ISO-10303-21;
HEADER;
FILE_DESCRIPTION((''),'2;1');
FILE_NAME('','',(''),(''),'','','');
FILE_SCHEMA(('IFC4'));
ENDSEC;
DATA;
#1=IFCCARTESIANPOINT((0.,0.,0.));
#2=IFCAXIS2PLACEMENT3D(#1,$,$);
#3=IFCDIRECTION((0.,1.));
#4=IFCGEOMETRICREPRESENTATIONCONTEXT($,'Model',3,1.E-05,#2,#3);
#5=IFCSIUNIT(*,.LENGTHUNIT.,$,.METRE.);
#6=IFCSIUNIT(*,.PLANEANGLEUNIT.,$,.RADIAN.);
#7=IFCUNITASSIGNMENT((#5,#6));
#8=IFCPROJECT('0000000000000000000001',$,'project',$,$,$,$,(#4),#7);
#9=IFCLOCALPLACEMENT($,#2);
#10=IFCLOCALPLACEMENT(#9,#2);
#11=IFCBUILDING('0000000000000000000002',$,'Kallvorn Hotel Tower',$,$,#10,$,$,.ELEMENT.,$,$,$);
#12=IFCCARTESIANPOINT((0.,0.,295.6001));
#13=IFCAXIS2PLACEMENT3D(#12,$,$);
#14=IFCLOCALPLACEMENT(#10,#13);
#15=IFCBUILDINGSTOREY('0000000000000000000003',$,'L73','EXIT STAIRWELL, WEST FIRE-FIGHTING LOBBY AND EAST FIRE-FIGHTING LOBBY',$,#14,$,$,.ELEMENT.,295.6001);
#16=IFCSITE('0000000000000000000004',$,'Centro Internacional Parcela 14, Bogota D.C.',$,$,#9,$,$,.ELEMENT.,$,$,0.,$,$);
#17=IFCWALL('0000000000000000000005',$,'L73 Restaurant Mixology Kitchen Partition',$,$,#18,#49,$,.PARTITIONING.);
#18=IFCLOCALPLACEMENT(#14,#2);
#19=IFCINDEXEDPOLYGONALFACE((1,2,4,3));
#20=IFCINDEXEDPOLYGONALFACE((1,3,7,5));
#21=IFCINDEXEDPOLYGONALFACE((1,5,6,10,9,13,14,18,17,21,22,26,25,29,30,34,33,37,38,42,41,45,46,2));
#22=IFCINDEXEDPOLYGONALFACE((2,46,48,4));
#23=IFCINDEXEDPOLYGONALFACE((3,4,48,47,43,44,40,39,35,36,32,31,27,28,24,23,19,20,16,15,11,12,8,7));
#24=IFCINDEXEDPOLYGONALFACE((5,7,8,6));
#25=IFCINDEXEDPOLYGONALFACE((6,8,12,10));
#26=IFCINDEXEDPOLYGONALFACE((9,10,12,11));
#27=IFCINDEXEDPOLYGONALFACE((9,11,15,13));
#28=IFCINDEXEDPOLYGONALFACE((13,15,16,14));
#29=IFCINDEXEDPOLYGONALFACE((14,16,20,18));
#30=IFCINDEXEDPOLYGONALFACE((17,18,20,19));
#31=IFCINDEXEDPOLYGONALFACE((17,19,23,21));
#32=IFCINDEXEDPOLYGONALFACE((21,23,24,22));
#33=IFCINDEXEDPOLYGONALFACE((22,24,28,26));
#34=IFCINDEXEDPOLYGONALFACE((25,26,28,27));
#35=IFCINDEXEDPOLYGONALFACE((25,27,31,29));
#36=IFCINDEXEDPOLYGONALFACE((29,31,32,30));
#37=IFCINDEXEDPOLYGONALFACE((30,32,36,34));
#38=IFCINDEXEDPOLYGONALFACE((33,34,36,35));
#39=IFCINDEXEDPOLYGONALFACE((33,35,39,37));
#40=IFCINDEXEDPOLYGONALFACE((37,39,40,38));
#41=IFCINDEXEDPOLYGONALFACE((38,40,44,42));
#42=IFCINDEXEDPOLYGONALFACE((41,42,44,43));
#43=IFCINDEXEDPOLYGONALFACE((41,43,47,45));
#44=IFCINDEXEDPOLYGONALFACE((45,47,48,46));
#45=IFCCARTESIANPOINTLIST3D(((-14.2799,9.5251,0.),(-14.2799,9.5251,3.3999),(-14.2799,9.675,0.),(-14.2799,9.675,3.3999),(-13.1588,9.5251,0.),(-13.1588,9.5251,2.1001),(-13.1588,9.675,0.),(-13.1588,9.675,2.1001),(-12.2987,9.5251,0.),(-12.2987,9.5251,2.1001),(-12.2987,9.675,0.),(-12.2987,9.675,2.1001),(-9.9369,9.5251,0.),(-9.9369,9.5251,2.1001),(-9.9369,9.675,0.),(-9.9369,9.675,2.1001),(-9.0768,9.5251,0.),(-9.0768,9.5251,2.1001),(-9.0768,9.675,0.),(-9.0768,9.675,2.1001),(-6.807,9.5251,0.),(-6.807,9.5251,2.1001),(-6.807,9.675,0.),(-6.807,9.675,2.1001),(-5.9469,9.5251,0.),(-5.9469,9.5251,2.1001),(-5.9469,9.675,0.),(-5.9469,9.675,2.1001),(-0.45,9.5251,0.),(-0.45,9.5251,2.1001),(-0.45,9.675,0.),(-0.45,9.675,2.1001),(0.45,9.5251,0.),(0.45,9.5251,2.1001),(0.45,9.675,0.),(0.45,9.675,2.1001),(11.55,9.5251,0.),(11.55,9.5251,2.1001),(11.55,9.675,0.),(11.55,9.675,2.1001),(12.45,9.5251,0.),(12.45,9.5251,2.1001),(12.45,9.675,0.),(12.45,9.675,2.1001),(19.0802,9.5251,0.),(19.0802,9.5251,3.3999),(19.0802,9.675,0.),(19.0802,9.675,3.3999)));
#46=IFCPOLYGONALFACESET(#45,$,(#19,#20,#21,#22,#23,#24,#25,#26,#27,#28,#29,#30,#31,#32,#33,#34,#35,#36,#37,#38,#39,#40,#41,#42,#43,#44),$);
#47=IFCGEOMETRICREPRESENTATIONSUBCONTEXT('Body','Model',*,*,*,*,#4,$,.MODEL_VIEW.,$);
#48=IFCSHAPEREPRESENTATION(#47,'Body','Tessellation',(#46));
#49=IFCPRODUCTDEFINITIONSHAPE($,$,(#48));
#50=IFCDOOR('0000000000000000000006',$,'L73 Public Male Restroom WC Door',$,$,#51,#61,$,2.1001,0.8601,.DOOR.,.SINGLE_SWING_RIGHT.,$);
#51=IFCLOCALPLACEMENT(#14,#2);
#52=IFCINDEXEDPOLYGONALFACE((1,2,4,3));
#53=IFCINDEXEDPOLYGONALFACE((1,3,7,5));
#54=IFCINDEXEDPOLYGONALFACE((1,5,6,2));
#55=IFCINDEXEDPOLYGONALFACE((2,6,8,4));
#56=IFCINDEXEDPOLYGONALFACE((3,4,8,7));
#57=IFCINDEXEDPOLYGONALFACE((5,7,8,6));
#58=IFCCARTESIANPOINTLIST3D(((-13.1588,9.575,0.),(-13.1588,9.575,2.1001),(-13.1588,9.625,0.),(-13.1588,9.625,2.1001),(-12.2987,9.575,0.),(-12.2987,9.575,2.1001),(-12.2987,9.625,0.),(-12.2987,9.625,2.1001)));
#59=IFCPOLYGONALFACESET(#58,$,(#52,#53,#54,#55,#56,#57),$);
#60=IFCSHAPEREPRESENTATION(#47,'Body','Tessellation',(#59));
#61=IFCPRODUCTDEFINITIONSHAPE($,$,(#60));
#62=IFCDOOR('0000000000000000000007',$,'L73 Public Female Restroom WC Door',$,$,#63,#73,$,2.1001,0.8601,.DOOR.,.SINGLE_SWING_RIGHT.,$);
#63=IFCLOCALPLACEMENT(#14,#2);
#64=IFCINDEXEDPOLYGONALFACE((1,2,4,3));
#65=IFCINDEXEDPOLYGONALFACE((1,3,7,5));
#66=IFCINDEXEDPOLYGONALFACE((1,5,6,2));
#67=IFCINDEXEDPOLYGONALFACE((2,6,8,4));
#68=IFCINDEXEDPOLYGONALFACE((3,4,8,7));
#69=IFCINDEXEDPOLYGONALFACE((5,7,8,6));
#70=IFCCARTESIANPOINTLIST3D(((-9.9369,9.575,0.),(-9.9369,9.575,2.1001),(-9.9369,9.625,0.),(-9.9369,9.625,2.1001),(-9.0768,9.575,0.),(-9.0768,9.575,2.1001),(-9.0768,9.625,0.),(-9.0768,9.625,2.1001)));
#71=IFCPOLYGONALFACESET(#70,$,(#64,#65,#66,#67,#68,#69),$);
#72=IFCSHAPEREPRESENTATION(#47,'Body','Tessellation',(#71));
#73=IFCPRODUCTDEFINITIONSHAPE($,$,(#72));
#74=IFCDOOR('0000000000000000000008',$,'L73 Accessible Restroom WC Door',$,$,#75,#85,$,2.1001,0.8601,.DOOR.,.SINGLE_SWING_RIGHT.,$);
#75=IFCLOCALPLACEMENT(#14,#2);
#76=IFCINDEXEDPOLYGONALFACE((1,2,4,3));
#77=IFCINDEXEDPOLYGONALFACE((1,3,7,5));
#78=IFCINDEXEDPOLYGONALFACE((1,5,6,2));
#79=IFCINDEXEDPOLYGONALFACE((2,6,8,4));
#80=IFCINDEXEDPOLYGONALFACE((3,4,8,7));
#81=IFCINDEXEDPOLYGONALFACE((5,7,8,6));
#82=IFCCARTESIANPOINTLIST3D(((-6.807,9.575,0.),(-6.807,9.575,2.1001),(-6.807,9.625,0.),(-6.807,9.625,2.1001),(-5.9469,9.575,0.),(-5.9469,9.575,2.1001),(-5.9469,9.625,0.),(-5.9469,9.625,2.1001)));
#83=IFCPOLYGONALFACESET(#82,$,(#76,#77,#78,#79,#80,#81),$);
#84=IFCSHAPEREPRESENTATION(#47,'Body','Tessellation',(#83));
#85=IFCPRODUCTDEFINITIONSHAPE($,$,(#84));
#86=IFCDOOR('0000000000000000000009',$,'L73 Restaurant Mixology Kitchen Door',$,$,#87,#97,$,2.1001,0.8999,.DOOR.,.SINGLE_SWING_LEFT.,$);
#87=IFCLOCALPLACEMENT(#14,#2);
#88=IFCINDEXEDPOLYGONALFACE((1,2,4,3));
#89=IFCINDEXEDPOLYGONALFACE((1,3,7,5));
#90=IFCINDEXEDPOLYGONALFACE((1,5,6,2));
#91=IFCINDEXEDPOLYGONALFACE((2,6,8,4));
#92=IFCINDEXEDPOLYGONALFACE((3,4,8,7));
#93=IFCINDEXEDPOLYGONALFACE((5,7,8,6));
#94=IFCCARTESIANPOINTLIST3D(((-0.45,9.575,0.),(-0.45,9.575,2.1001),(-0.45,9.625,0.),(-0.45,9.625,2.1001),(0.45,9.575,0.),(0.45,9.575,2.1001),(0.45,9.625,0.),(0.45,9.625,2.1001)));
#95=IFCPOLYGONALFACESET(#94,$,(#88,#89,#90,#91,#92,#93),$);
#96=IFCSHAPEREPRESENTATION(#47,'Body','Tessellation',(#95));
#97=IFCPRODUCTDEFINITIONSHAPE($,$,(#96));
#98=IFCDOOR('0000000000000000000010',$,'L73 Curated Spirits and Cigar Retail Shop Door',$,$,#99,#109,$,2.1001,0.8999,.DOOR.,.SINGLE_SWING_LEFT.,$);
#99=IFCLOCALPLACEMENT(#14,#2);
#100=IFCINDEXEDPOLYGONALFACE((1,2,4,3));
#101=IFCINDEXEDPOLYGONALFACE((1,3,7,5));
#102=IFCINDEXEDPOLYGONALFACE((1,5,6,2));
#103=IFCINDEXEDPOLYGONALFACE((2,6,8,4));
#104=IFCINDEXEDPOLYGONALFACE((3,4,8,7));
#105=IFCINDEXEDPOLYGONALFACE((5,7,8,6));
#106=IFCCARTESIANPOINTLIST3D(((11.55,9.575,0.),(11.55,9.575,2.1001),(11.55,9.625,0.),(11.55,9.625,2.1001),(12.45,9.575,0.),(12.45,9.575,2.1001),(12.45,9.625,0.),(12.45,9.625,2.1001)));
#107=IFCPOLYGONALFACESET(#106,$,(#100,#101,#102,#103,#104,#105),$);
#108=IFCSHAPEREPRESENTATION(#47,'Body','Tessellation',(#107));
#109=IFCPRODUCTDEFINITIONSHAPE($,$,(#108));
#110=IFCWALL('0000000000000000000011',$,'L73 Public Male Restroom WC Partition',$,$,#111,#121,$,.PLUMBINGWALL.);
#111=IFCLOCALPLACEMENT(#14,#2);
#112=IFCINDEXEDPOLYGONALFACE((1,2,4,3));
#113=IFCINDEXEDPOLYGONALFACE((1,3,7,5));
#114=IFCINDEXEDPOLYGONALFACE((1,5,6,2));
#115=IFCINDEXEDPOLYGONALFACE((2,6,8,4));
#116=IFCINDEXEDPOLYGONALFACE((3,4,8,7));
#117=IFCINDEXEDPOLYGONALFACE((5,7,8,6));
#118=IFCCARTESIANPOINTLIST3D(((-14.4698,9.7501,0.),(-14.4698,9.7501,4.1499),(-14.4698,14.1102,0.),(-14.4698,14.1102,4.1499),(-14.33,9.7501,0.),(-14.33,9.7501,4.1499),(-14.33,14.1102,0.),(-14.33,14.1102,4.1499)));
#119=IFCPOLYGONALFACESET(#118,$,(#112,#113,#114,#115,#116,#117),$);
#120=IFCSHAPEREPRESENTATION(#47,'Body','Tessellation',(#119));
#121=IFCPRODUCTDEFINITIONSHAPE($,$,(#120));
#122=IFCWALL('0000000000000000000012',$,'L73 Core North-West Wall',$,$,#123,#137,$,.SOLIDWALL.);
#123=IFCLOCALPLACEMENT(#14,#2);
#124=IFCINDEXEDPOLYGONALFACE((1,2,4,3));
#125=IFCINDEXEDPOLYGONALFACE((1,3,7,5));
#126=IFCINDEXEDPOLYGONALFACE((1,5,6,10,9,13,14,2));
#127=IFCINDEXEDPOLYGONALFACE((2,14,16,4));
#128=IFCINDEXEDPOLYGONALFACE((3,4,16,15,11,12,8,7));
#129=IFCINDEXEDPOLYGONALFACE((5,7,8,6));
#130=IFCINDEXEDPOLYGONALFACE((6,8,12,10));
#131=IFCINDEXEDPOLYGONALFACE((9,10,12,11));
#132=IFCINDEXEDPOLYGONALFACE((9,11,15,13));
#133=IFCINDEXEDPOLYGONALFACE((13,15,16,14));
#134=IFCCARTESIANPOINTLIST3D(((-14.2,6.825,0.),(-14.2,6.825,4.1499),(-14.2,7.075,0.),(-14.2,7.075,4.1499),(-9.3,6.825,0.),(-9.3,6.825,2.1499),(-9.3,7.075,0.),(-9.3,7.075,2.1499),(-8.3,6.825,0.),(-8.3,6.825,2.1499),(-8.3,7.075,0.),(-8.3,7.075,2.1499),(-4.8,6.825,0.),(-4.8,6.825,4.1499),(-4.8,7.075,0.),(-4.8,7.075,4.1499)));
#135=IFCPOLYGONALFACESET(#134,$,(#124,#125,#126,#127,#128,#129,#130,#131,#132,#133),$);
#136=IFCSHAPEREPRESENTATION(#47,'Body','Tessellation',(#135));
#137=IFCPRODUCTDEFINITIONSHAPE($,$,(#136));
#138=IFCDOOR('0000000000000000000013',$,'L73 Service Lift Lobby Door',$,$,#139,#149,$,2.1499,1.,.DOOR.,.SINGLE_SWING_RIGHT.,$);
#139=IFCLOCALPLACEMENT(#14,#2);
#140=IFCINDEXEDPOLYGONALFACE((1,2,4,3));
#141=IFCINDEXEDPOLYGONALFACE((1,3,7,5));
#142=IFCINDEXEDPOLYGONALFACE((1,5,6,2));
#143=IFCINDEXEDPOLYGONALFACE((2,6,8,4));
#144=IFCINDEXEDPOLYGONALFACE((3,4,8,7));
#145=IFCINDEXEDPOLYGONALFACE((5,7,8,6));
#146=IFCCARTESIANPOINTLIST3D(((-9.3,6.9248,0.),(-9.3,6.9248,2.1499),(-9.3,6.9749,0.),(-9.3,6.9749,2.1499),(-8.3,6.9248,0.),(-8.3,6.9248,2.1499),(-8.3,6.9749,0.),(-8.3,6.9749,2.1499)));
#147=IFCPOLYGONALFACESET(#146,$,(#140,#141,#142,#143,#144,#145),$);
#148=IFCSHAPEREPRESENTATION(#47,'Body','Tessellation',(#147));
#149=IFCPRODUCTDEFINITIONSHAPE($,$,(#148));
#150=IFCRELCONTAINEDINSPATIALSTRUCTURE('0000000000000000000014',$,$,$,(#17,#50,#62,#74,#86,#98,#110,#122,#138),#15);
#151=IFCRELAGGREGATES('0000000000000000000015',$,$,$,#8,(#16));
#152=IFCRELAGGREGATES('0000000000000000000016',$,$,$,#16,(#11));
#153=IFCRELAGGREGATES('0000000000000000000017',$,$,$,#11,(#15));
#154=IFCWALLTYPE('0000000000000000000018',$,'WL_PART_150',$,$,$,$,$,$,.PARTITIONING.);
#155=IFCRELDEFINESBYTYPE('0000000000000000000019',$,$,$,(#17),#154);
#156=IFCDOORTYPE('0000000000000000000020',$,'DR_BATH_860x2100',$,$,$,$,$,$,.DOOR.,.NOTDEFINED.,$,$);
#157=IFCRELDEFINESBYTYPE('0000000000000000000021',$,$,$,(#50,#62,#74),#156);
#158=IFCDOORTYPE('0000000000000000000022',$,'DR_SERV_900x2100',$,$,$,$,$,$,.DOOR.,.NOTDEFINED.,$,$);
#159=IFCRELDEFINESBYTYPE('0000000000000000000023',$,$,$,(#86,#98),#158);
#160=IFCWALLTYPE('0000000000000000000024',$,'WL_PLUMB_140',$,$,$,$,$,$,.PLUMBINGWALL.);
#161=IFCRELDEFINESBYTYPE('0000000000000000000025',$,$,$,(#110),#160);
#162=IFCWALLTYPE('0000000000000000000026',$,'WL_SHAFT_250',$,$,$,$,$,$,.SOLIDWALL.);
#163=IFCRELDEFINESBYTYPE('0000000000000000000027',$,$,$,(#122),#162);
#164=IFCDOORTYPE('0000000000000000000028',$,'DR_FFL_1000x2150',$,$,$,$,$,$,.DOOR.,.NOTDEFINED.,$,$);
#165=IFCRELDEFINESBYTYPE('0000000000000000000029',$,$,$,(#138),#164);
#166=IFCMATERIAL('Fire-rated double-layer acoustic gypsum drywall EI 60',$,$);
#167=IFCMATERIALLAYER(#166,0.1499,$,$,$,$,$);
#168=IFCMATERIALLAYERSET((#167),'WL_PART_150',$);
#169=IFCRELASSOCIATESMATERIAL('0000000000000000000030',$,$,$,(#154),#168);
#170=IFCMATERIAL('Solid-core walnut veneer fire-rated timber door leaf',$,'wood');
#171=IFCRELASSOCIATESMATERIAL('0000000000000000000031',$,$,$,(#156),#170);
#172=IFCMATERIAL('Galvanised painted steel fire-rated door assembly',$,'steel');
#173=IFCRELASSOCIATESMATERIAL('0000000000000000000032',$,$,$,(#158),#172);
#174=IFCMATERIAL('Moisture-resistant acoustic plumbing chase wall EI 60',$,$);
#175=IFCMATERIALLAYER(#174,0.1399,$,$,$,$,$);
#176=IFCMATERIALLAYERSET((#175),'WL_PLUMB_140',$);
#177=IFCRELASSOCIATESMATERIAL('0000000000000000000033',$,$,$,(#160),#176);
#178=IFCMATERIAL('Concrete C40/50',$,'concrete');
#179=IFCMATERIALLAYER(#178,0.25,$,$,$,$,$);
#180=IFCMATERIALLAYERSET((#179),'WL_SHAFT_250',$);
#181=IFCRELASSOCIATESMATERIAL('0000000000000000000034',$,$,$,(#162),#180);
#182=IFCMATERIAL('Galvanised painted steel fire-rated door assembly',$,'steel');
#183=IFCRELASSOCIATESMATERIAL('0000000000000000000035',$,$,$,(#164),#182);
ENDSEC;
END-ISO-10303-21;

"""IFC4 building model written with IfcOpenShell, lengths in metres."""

from ifc_helpers import new_model, si_unit, direction, frame, frame_2d, origin, place, context, subcontext, project, spatial, rectangle, extrude, material, layer, layer_set, type_object, element, fill, save


model = new_model("IFC4")

# Units and contexts
model_context = context("Model", 3, precision=1e-05, world=origin(), true_north=direction((0.0, 1.0)))
body_context = subcontext(model_context, "Body", "Model", "MODEL_VIEW")
ifc_project = project(units=[si_unit("LENGTHUNIT", "METRE"), si_unit("PLANEANGLEUNIT", "RADIAN")], contexts=[model_context])

# Site, building, storey
site_placement = place(None, origin())
site = spatial("IfcSite", under=ifc_project, at=site_placement, Name="Centro Internacional Parcela 14, Bogota D.C.", CompositionType="ELEMENT", RefElevation=0.0)
building_placement = place(site_placement, origin())
building = spatial("IfcBuilding", under=site, at=building_placement, Name="Kallvorn Hotel Tower", CompositionType="ELEMENT")
storey_placement = place(building_placement, frame((0.0, 0.0, 295.6001)))
storey = spatial("IfcBuildingStorey", under=building, at=storey_placement, Name="L73", Description="EXIT STAIRWELL, WEST FIRE-FIGHTING LOBBY AND EAST FIRE-FIGHTING LOBBY", CompositionType="ELEMENT", Elevation=295.6001)

# Wall, openings, doors
ifc_material_1 = material(Name="Fire-rated double-layer acoustic gypsum drywall EI 60")
ifc_layer_1 = layer(ifc_material_1, 0.1499)
ifc_layer_set_1 = layer_set([ifc_layer_1], Name="WL_PART_150")
wall_type_1 = type_object("IfcWallType", Name="WL_PART_150", PredefinedType="PARTITIONING", material=ifc_layer_set_1)
wall_1_placement = place(storey_placement, frame((-14.28, 9.6001, 0.0), z_axis=(0.0, 0.0, 1.0), x_axis=(1.0, 0.0, 0.0)))
wall_1 = element("IfcWall", 1, at=wall_1_placement, inside=storey, type_object=wall_type_1, Name="L73 Restaurant Mixology Kitchen Partition", PredefinedType="PARTITIONING", context=body_context, shape_type="SweptSolid", body=[
    extrude(rectangle(XDim=33.3601, YDim=0.1499, at=frame_2d((16.6802, 0.0))), origin(), (0.0, 0.0, 1.0), 3.3999),
])
opening_1_placement = place(wall_1_placement, frame((1.1211, 0.0, 0.0)))
opening_1 = element("IfcOpeningElement", 2, at=opening_1_placement, cuts=wall_1, PredefinedType="OPENING", context=body_context, shape_type="SweptSolid", body=[
    extrude(rectangle(XDim=0.8601, YDim=2.1001, at=frame_2d((0.4302, 1.05))), frame((0.0, 0.0898, 0.0), z_axis=(0.0, -1.0, 0.0), x_axis=(1.0, 0.0, 0.0)), (0.0, 0.0, 1.0), 0.1799),
])
opening_2_placement = place(wall_1_placement, frame((4.343, 0.0, 0.0)))
opening_2 = element("IfcOpeningElement", 3, at=opening_2_placement, cuts=wall_1, PredefinedType="OPENING", context=body_context, shape_type="SweptSolid", body=[
    extrude(rectangle(XDim=0.8601, YDim=2.1001, at=frame_2d((0.4302, 1.05))), frame((0.0, 0.0898, 0.0), z_axis=(0.0, -1.0, 0.0), x_axis=(1.0, 0.0, 0.0)), (0.0, 0.0, 1.0), 0.1799),
])
opening_3_placement = place(wall_1_placement, frame((7.4729, 0.0, 0.0)))
opening_3 = element("IfcOpeningElement", 4, at=opening_3_placement, cuts=wall_1, PredefinedType="OPENING", context=body_context, shape_type="SweptSolid", body=[
    extrude(rectangle(XDim=0.8601, YDim=2.1001, at=frame_2d((0.4302, 1.05))), frame((0.0, 0.0898, 0.0), z_axis=(0.0, -1.0, 0.0), x_axis=(1.0, 0.0, 0.0)), (0.0, 0.0, 1.0), 0.1799),
])
opening_4_placement = place(wall_1_placement, frame((13.8301, 0.0, 0.0)))
opening_4 = element("IfcOpeningElement", 5, at=opening_4_placement, cuts=wall_1, PredefinedType="OPENING", context=body_context, shape_type="SweptSolid", body=[
    extrude(rectangle(XDim=0.8999, YDim=2.1001, at=frame_2d((0.45, 1.05))), frame((0.0, 0.0898, 0.0), z_axis=(0.0, -1.0, 0.0), x_axis=(1.0, 0.0, 0.0)), (0.0, 0.0, 1.0), 0.1799),
])
opening_5_placement = place(wall_1_placement, frame((25.8301, 0.0, 0.0)))
opening_5 = element("IfcOpeningElement", 6, at=opening_5_placement, cuts=wall_1, PredefinedType="OPENING", context=body_context, shape_type="SweptSolid", body=[
    extrude(rectangle(XDim=0.8999, YDim=2.1001, at=frame_2d((0.45, 1.05))), frame((0.0, 0.0898, 0.0), z_axis=(0.0, -1.0, 0.0), x_axis=(1.0, 0.0, 0.0)), (0.0, 0.0, 1.0), 0.1799),
])
ifc_material_2 = material(Name="Solid-core walnut veneer fire-rated timber door leaf", Category="wood")
door_type_1 = type_object("IfcDoorType", Name="DR_BATH_860x2100", OperationType="NOTDEFINED", PredefinedType="DOOR", material=ifc_material_2)
door_1_placement = place(opening_1_placement, origin())
door_1 = element("IfcDoor", 7, at=door_1_placement, inside=storey, type_object=door_type_1, Name="L73 Public Male Restroom WC Door", OperationType="SINGLE_SWING_RIGHT", OverallHeight=2.1001, OverallWidth=0.8601, PredefinedType="DOOR", context=body_context, shape_type="SweptSolid", body=[
    extrude(rectangle(XDim=0.8601, YDim=2.1001, at=frame_2d((0.4302, 1.05))), frame((0.0, 0.0249, 0.0), z_axis=(0.0, -1.0, 0.0), x_axis=(1.0, 0.0, 0.0)), (0.0, 0.0, 1.0), 0.05),
])
fill(opening_1, door_1)
door_2_placement = place(opening_2_placement, origin())
door_2 = element("IfcDoor", 8, at=door_2_placement, inside=storey, type_object=door_type_1, Name="L73 Public Female Restroom WC Door", OperationType="SINGLE_SWING_RIGHT", OverallHeight=2.1001, OverallWidth=0.8601, PredefinedType="DOOR", context=body_context, shape_type="SweptSolid", body=[
    extrude(rectangle(XDim=0.8601, YDim=2.1001, at=frame_2d((0.4302, 1.05))), frame((0.0, 0.0249, 0.0), z_axis=(0.0, -1.0, 0.0), x_axis=(1.0, 0.0, 0.0)), (0.0, 0.0, 1.0), 0.05),
])
fill(opening_2, door_2)
door_3_placement = place(opening_3_placement, origin())
door_3 = element("IfcDoor", 9, at=door_3_placement, inside=storey, type_object=door_type_1, Name="L73 Accessible Restroom WC Door", OperationType="SINGLE_SWING_RIGHT", OverallHeight=2.1001, OverallWidth=0.8601, PredefinedType="DOOR", context=body_context, shape_type="SweptSolid", body=[
    extrude(rectangle(XDim=0.8601, YDim=2.1001, at=frame_2d((0.4302, 1.05))), frame((0.0, 0.0249, 0.0), z_axis=(0.0, -1.0, 0.0), x_axis=(1.0, 0.0, 0.0)), (0.0, 0.0, 1.0), 0.05),
])
fill(opening_3, door_3)
ifc_material_3 = material(Name="Galvanised painted steel fire-rated door assembly", Category="steel")
door_type_2 = type_object("IfcDoorType", Name="DR_SERV_900x2100", OperationType="NOTDEFINED", PredefinedType="DOOR", material=ifc_material_3)
door_4_placement = place(opening_4_placement, origin())
door_4 = element("IfcDoor", 10, at=door_4_placement, inside=storey, type_object=door_type_2, Name="L73 Restaurant Mixology Kitchen Door", OperationType="SINGLE_SWING_LEFT", OverallHeight=2.1001, OverallWidth=0.8999, PredefinedType="DOOR", context=body_context, shape_type="SweptSolid", body=[
    extrude(rectangle(XDim=0.8999, YDim=2.1001, at=frame_2d((0.45, 1.05))), frame((0.0, 0.0249, 0.0), z_axis=(0.0, -1.0, 0.0), x_axis=(1.0, 0.0, 0.0)), (0.0, 0.0, 1.0), 0.05),
])
fill(opening_4, door_4)
door_5_placement = place(opening_5_placement, origin())
door_5 = element("IfcDoor", 11, at=door_5_placement, inside=storey, type_object=door_type_2, Name="L73 Curated Spirits and Cigar Retail Shop Door", OperationType="SINGLE_SWING_LEFT", OverallHeight=2.1001, OverallWidth=0.8999, PredefinedType="DOOR", context=body_context, shape_type="SweptSolid", body=[
    extrude(rectangle(XDim=0.8999, YDim=2.1001, at=frame_2d((0.45, 1.05))), frame((0.0, 0.0249, 0.0), z_axis=(0.0, -1.0, 0.0), x_axis=(1.0, 0.0, 0.0)), (0.0, 0.0, 1.0), 0.05),
])
fill(opening_5, door_5)

# Wall
ifc_material_4 = material(Name="Moisture-resistant acoustic plumbing chase wall EI 60")
ifc_layer_2 = layer(ifc_material_4, 0.1399)
ifc_layer_set_2 = layer_set([ifc_layer_2], Name="WL_PLUMB_140")
wall_type_2 = type_object("IfcWallType", Name="WL_PLUMB_140", PredefinedType="PLUMBINGWALL", material=ifc_layer_set_2)
wall_2_placement = place(storey_placement, frame((-14.3999, 9.75, 0.0), z_axis=(0.0, 0.0, 1.0), x_axis=(0.0, 1.0, 0.0)))
element("IfcWall", 12, at=wall_2_placement, inside=storey, type_object=wall_type_2, Name="L73 Public Male Restroom WC Partition", PredefinedType="PLUMBINGWALL", context=body_context, shape_type="SweptSolid", body=[
    extrude(rectangle(XDim=4.3601, YDim=0.1399, at=frame_2d((2.1802, 0.0))), origin(), (0.0, 0.0, 1.0), 4.1499),
])

# Wall, opening, door
ifc_material_5 = material(Name="Concrete C40/50", Category="concrete")
ifc_layer_3 = layer(ifc_material_5, 0.25)
ifc_layer_set_3 = layer_set([ifc_layer_3], Name="WL_SHAFT_250")
wall_type_3 = type_object("IfcWallType", Name="WL_SHAFT_250", PredefinedType="SOLIDWALL", material=ifc_layer_set_3)
wall_3_placement = place(storey_placement, frame((-14.2, 6.95, 0.0), z_axis=(0.0, 0.0, 1.0), x_axis=(1.0, 0.0, 0.0)))
wall_3 = element("IfcWall", 13, at=wall_3_placement, inside=storey, type_object=wall_type_3, Name="L73 Core North-West Wall", PredefinedType="SOLIDWALL", context=body_context, shape_type="SweptSolid", body=[
    extrude(rectangle(XDim=9.3999, YDim=0.25, at=frame_2d((4.7, 0.0))), origin(), (0.0, 0.0, 1.0), 4.1499),
])
opening_6_placement = place(wall_3_placement, frame((4.8999, 0.0, 0.0)))
opening_6 = element("IfcOpeningElement", 14, at=opening_6_placement, cuts=wall_3, PredefinedType="OPENING", context=body_context, shape_type="SweptSolid", body=[
    extrude(rectangle(XDim=1.0, YDim=2.1499, at=frame_2d((0.5, 1.075))), frame((0.0, 0.1399, 0.0), z_axis=(0.0, -1.0, 0.0), x_axis=(1.0, 0.0, 0.0)), (0.0, 0.0, 1.0), 0.28),
])
ifc_material_6 = material(Name="Galvanised painted steel fire-rated door assembly", Category="steel")
door_type_3 = type_object("IfcDoorType", Name="DR_FFL_1000x2150", OperationType="NOTDEFINED", PredefinedType="DOOR", material=ifc_material_6)
door_6_placement = place(opening_6_placement, origin())
door_6 = element("IfcDoor", 15, at=door_6_placement, inside=storey, type_object=door_type_3, Name="L73 Service Lift Lobby Door", OperationType="SINGLE_SWING_RIGHT", OverallHeight=2.1499, OverallWidth=1.0, PredefinedType="DOOR", context=body_context, shape_type="SweptSolid", body=[
    extrude(rectangle(XDim=1.0, YDim=2.1499, at=frame_2d((0.5, 1.075))), frame((0.0, 0.0249, 0.0), z_axis=(0.0, -1.0, 0.0), x_axis=(1.0, 0.0, 0.0)), (0.0, 0.0, 1.0), 0.05),
])
fill(opening_6, door_6)

save(model, "model.ifc")
